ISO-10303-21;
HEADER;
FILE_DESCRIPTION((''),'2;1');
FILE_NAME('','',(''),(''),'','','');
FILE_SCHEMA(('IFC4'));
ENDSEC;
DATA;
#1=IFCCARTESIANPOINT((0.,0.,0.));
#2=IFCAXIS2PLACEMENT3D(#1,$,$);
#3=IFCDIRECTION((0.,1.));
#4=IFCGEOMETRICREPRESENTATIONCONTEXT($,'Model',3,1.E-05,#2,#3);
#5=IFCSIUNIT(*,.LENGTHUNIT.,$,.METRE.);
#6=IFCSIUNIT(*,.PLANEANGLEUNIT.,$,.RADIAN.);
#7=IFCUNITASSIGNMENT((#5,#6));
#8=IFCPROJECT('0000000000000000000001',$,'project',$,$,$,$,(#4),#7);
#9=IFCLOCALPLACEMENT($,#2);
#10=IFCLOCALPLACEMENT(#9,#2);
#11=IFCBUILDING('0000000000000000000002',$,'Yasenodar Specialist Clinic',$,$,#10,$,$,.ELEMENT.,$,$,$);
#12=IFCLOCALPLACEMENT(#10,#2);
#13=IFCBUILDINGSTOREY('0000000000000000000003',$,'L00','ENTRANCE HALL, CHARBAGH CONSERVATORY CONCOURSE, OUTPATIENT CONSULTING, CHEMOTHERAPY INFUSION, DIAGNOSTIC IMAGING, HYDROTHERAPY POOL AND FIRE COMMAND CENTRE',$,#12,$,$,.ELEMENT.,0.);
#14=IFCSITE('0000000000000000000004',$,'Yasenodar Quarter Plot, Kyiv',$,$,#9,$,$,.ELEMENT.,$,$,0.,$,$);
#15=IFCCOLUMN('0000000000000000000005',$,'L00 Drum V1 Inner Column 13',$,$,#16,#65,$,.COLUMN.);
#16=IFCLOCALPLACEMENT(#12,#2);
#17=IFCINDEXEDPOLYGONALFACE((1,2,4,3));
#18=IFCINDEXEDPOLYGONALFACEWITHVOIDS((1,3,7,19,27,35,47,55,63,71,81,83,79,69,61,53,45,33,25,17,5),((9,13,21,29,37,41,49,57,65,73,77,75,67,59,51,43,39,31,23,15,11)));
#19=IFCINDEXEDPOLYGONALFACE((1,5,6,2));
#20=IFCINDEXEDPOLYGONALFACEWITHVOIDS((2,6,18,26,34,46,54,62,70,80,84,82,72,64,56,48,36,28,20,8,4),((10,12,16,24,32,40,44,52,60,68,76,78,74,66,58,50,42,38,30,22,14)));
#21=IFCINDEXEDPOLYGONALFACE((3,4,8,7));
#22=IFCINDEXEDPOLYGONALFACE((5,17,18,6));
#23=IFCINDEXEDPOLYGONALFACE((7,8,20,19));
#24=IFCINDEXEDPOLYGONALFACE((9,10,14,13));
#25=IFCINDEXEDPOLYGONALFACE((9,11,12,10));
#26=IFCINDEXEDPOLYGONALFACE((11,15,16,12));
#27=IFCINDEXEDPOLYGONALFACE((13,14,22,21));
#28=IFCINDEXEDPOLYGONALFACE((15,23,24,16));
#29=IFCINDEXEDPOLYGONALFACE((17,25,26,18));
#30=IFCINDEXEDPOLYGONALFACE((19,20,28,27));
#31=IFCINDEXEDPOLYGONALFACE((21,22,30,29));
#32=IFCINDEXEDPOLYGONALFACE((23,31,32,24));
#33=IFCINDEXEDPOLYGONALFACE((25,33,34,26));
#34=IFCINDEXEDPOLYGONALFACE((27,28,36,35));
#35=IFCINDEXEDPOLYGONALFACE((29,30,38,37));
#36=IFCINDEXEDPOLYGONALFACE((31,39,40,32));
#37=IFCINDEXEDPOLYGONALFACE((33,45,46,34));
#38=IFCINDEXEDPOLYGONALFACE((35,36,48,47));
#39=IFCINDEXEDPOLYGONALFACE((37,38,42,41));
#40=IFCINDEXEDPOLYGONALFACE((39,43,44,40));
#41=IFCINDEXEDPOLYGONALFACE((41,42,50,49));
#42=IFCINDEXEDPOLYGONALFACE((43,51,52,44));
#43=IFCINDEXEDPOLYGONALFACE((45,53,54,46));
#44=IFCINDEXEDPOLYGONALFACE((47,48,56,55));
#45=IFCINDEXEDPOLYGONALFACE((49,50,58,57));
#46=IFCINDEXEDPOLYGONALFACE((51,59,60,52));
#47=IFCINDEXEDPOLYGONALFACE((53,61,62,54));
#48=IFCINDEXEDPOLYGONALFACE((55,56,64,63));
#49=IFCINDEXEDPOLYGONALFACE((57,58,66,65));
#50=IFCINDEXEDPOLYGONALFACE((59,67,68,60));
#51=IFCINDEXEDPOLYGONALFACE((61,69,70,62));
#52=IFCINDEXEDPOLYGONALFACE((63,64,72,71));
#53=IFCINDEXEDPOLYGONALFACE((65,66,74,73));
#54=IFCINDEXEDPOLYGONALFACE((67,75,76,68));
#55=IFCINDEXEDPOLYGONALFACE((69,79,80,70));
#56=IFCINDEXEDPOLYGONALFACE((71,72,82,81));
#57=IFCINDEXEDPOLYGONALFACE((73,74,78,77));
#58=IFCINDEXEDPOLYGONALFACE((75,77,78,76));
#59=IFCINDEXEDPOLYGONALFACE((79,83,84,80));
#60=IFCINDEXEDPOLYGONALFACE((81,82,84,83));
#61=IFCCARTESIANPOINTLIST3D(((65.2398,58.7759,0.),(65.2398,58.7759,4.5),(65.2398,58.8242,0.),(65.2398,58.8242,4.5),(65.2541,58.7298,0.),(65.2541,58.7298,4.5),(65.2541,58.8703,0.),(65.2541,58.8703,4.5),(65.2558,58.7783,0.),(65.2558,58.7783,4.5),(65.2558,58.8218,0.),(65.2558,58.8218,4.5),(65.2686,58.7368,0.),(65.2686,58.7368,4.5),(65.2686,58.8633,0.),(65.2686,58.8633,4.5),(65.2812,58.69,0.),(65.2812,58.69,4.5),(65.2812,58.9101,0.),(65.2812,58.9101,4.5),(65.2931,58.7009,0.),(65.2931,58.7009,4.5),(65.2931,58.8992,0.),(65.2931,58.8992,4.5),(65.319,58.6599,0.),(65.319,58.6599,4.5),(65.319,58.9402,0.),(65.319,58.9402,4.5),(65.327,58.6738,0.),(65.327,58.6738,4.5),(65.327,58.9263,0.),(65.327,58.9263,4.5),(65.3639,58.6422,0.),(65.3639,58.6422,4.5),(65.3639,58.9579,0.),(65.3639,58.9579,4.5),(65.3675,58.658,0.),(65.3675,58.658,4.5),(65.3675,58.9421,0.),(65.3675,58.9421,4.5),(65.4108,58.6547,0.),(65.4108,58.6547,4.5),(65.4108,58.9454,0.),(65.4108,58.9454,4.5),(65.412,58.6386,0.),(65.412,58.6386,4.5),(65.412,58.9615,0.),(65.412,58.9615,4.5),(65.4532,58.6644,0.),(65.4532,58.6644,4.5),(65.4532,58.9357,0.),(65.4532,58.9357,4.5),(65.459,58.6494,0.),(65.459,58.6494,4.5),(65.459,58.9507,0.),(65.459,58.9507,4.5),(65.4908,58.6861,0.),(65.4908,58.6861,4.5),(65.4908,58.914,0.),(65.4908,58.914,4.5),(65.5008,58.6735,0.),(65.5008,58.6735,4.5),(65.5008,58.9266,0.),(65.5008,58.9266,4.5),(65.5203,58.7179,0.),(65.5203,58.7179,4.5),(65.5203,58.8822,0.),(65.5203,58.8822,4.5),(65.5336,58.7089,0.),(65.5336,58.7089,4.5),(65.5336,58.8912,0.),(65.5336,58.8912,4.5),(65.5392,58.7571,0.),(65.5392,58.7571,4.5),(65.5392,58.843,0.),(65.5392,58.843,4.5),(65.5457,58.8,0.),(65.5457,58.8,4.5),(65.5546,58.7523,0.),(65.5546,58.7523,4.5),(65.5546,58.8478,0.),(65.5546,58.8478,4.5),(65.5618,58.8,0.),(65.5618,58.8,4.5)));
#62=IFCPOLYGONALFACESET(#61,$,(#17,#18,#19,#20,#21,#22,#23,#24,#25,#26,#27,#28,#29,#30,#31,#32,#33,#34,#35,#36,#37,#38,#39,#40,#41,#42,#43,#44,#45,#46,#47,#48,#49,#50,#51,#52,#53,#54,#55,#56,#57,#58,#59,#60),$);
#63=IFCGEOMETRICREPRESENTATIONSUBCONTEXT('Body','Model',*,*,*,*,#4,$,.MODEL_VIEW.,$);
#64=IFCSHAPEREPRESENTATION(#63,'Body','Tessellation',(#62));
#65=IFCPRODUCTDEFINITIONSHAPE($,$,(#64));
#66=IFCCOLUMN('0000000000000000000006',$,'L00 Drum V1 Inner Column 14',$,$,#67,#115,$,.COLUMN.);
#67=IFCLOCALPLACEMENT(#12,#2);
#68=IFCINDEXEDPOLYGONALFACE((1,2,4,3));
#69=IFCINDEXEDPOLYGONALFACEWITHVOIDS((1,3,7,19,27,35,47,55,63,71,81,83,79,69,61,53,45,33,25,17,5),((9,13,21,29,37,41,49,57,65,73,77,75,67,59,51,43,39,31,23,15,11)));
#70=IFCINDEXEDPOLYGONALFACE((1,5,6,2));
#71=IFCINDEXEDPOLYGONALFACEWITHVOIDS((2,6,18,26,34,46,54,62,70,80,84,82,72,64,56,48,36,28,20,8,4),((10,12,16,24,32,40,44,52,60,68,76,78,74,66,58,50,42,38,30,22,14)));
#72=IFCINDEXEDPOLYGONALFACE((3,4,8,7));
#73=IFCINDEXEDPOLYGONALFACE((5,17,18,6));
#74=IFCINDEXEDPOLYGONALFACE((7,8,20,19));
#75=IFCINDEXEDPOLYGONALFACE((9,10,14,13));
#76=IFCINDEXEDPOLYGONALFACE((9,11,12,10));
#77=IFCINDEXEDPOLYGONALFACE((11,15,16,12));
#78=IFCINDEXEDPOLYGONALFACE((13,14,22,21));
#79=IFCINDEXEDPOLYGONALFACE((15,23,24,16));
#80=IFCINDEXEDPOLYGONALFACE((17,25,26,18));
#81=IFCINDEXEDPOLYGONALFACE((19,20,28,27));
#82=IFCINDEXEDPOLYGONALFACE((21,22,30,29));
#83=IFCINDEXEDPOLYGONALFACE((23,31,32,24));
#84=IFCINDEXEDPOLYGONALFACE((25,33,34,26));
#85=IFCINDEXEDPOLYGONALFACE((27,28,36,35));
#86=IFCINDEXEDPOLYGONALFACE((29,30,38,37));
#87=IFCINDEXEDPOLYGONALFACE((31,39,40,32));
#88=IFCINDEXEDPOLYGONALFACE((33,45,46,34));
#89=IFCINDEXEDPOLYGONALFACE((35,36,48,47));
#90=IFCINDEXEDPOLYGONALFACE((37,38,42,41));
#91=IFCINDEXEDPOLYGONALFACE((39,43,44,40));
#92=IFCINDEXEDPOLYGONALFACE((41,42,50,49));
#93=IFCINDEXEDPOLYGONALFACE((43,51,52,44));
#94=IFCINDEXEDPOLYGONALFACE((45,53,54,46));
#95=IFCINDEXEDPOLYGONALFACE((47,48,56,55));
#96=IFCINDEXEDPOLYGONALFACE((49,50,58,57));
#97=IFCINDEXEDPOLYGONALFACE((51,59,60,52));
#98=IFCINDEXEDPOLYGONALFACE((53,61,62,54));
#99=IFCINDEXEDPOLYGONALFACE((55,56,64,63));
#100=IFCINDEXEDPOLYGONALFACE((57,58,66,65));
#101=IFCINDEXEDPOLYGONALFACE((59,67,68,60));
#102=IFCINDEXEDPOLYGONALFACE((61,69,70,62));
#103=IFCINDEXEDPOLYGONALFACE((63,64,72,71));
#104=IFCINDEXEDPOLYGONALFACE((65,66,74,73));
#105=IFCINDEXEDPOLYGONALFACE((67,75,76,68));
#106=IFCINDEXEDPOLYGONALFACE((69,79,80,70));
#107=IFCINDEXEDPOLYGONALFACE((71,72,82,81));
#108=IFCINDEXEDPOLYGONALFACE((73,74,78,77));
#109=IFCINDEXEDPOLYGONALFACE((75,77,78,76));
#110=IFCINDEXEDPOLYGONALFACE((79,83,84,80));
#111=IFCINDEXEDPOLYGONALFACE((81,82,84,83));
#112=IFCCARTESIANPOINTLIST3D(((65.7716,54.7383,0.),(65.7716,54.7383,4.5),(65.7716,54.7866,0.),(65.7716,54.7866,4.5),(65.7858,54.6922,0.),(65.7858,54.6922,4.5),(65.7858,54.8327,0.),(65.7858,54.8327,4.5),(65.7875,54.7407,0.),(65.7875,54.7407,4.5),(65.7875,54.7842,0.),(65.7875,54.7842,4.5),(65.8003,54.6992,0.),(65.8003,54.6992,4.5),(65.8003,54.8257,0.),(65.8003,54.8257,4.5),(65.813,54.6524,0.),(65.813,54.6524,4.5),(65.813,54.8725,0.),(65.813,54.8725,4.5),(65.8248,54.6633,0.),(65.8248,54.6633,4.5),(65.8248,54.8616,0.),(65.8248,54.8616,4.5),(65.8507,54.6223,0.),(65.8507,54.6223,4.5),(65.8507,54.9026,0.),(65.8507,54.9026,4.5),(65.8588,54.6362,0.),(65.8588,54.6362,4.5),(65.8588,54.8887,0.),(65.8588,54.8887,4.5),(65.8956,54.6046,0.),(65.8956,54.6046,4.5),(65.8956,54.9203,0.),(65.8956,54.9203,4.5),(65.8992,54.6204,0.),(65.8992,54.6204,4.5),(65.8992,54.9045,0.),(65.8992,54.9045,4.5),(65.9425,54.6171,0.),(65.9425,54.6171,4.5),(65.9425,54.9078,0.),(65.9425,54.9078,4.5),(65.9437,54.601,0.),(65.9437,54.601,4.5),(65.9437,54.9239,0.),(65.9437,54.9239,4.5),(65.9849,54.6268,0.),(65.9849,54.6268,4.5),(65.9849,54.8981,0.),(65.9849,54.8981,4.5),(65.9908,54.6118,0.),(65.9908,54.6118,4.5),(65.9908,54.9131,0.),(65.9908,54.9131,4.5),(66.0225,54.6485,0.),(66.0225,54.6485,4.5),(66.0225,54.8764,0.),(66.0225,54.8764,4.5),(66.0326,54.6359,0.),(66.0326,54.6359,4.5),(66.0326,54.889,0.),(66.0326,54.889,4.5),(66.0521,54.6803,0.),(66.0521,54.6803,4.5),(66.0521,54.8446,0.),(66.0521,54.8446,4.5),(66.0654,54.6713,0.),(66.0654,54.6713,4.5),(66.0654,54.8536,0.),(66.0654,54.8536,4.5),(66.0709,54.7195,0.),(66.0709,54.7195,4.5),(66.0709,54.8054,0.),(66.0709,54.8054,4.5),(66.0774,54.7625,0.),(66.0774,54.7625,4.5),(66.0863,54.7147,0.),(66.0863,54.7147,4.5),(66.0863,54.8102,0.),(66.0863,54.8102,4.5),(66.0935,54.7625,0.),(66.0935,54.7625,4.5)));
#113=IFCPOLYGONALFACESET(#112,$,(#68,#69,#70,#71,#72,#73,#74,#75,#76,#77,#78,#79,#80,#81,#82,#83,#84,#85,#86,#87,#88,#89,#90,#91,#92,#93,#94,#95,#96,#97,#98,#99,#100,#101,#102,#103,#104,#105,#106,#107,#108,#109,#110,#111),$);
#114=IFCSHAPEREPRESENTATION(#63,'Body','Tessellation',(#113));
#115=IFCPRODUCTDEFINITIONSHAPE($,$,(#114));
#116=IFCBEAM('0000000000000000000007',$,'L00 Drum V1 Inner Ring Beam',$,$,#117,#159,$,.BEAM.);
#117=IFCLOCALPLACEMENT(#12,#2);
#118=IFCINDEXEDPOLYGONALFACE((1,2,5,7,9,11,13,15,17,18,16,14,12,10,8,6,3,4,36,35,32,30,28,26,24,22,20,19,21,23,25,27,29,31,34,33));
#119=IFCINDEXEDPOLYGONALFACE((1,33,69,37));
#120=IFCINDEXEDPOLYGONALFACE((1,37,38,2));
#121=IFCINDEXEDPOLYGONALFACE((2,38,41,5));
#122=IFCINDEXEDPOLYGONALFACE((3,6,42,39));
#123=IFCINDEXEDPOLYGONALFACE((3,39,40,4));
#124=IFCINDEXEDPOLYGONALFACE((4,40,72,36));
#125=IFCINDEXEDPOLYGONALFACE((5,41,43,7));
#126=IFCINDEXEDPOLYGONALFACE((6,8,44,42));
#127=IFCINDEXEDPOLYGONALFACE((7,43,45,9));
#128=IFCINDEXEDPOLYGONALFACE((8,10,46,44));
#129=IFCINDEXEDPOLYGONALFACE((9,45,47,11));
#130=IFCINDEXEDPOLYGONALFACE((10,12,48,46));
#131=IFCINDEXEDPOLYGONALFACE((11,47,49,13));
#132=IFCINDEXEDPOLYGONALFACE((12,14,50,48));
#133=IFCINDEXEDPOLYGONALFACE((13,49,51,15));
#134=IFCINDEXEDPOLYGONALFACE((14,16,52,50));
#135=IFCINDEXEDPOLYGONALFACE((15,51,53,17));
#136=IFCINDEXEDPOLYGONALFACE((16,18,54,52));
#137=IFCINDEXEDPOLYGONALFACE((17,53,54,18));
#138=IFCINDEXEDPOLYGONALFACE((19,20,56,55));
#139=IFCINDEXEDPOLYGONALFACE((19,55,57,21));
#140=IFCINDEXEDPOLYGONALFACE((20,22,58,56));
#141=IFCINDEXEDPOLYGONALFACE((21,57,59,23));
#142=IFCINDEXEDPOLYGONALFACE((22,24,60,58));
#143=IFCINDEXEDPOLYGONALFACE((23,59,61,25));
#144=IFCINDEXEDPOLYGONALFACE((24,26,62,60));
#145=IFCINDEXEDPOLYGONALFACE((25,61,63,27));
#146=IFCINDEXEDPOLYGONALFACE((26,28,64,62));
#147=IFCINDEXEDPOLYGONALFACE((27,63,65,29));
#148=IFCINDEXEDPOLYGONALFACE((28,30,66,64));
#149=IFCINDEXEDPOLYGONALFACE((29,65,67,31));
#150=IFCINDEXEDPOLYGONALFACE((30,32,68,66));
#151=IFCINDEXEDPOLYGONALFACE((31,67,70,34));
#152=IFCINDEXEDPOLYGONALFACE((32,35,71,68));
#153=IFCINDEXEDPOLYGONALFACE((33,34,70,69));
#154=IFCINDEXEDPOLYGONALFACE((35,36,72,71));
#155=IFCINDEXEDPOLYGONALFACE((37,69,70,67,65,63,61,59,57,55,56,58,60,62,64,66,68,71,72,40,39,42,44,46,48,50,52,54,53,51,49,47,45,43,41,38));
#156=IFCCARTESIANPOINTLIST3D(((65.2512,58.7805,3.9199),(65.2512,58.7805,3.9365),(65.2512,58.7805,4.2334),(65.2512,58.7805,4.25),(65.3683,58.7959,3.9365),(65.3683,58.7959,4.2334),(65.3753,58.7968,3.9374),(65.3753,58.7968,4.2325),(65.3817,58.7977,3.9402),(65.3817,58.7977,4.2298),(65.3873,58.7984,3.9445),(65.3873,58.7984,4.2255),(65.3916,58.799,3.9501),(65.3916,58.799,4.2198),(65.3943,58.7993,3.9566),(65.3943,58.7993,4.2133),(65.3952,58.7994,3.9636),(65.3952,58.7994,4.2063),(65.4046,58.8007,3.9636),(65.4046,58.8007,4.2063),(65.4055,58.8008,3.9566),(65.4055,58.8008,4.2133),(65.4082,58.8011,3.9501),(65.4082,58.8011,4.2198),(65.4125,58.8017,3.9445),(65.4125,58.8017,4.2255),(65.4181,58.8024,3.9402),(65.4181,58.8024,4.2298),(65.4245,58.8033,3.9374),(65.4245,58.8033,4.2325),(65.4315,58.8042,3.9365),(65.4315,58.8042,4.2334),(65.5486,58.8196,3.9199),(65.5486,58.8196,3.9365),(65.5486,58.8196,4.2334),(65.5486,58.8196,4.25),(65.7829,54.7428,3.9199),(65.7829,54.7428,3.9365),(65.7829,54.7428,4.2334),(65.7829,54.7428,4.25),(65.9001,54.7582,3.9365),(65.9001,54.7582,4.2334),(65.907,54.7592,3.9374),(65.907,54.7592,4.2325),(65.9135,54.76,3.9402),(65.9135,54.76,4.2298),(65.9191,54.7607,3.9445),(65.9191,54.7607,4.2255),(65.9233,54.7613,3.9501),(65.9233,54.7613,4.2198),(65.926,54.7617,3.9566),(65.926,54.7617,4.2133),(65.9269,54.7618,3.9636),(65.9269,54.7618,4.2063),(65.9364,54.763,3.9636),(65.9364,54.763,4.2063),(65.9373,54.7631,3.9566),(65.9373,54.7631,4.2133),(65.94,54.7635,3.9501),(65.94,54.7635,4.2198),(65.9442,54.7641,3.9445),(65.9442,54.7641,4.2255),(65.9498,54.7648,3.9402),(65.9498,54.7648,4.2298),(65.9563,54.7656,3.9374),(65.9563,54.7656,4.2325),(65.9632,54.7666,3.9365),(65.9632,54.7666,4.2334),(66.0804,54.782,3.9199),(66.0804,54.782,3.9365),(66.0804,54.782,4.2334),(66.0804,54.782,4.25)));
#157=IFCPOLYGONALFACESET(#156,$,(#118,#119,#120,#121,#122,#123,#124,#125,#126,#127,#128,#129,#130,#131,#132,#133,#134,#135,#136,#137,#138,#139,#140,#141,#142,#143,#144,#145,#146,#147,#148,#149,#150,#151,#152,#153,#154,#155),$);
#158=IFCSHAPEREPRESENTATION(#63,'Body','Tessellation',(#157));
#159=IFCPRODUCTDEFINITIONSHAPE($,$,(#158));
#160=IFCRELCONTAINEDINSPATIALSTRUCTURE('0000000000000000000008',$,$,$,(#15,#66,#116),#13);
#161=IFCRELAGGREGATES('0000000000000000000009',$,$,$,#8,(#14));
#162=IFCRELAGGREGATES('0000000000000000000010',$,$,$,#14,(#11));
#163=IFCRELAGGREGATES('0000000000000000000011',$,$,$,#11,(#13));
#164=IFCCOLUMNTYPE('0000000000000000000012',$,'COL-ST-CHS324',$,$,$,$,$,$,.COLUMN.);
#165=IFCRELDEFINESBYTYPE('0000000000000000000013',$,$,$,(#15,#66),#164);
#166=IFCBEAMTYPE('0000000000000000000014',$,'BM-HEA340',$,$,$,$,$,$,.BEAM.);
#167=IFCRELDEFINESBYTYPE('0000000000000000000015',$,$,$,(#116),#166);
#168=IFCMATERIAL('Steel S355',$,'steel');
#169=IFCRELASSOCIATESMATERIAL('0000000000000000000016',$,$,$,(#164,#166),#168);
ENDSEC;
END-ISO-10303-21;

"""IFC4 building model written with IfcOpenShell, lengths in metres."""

from ifc_helpers import new_model, si_unit, direction, frame, origin, origin_2d, place, context, subcontext, project, spatial, hollow_circle, i_section, extrude, material, material_profile, profile_set, type_object, element, save


model = new_model("IFC4")

# Units and contexts
model_context = context("Model", 3, precision=1e-05, world=origin(), true_north=direction((0.0, 1.0)))
body_context = subcontext(model_context, "Body", "Model", "MODEL_VIEW")
ifc_project = project(units=[si_unit("LENGTHUNIT", "METRE"), si_unit("PLANEANGLEUNIT", "RADIAN")], contexts=[model_context])

# Site, building, storey
site_placement = place(None, origin())
site = spatial("IfcSite", under=ifc_project, at=site_placement, Name="Yasenodar Quarter Plot, Kyiv", CompositionType="ELEMENT", RefElevation=0.0)
building_placement = place(site_placement, origin())
building = spatial("IfcBuilding", under=site, at=building_placement, Name="Yasenodar Specialist Clinic", CompositionType="ELEMENT")
storey_placement = place(building_placement, origin())
storey = spatial("IfcBuildingStorey", under=building, at=storey_placement, Name="L00", Description="ENTRANCE HALL, CHARBAGH CONSERVATORY CONCOURSE, OUTPATIENT CONSULTING, CHEMOTHERAPY INFUSION, DIAGNOSTIC IMAGING, HYDROTHERAPY POOL AND FIRE COMMAND CENTRE", CompositionType="ELEMENT", Elevation=0.0)

# Columns
ifc_material_1 = material(Name="Steel S355", Category="steel")
ifc_material_profile_1 = material_profile(ifc_material_1, hollow_circle(Radius=0.1619, WallThickness=0.0161, at=origin_2d()), Name="CHS 323.9x16")
ifc_profile_set_1 = profile_set([ifc_material_profile_1], Name="Steel S355")
column_type = type_object("IfcColumnType", Name="COL-ST-CHS324", PredefinedType="COLUMN", material=ifc_profile_set_1)
for number, where, z_axis, x_axis, name in (
    (1, (65.3999, 58.8, 0.0), (0.0, 0.0, 1.0), (1.0, 0.0, 0.0), "L00 Drum V1 Inner Column 13"),
    (2, (65.9316, 54.7625, 0.0), (0.0, 0.0, 1.0), (1.0, 0.0, 0.0), "L00 Drum V1 Inner Column 14"),
):
    element("IfcColumn", number, at=place(storey_placement, frame(where, z_axis=z_axis, x_axis=x_axis)), inside=storey, type_object=column_type, Name=name, PredefinedType="COLUMN", context=body_context, shape_type="SweptSolid", body=[
        extrude(hollow_circle(Radius=0.1619, WallThickness=0.0161, at=origin_2d()), origin(), (0.0, 0.0, 1.0), 4.5),
    ])

# Beam
ifc_material_profile_2 = material_profile(ifc_material_1, i_section(OverallWidth=0.3, OverallDepth=0.3301, WebThickness=0.0095, FlangeThickness=0.0166, FilletRadius=0.0271, at=origin_2d()), Name="HEA 340")
ifc_profile_set_2 = profile_set([ifc_material_profile_2], Name="Steel S355")
beam_type_1 = type_object("IfcBeamType", Name="BM-HEA340", PredefinedType="BEAM", material=ifc_profile_set_2)
beam_1_placement = place(storey_placement, frame((65.3999, 58.8, 4.085), z_axis=(0.130569, -0.991439, 0.0), x_axis=(0.991439, 0.130569, 0.0)))
element("IfcBeam", 3, at=beam_1_placement, inside=storey, type_object=beam_type_1, Name="L00 Drum V1 Inner Ring Beam", PredefinedType="BEAM", context=body_context, shape_type="SweptSolid", body=[
    extrude(i_section(OverallWidth=0.3, OverallDepth=0.3301, WebThickness=0.0095, FlangeThickness=0.0166, FilletRadius=0.0271, at=origin_2d()), origin(), (0.0, 0.0, 1.0), 4.0725),
])

save(model, "model.ifc")
